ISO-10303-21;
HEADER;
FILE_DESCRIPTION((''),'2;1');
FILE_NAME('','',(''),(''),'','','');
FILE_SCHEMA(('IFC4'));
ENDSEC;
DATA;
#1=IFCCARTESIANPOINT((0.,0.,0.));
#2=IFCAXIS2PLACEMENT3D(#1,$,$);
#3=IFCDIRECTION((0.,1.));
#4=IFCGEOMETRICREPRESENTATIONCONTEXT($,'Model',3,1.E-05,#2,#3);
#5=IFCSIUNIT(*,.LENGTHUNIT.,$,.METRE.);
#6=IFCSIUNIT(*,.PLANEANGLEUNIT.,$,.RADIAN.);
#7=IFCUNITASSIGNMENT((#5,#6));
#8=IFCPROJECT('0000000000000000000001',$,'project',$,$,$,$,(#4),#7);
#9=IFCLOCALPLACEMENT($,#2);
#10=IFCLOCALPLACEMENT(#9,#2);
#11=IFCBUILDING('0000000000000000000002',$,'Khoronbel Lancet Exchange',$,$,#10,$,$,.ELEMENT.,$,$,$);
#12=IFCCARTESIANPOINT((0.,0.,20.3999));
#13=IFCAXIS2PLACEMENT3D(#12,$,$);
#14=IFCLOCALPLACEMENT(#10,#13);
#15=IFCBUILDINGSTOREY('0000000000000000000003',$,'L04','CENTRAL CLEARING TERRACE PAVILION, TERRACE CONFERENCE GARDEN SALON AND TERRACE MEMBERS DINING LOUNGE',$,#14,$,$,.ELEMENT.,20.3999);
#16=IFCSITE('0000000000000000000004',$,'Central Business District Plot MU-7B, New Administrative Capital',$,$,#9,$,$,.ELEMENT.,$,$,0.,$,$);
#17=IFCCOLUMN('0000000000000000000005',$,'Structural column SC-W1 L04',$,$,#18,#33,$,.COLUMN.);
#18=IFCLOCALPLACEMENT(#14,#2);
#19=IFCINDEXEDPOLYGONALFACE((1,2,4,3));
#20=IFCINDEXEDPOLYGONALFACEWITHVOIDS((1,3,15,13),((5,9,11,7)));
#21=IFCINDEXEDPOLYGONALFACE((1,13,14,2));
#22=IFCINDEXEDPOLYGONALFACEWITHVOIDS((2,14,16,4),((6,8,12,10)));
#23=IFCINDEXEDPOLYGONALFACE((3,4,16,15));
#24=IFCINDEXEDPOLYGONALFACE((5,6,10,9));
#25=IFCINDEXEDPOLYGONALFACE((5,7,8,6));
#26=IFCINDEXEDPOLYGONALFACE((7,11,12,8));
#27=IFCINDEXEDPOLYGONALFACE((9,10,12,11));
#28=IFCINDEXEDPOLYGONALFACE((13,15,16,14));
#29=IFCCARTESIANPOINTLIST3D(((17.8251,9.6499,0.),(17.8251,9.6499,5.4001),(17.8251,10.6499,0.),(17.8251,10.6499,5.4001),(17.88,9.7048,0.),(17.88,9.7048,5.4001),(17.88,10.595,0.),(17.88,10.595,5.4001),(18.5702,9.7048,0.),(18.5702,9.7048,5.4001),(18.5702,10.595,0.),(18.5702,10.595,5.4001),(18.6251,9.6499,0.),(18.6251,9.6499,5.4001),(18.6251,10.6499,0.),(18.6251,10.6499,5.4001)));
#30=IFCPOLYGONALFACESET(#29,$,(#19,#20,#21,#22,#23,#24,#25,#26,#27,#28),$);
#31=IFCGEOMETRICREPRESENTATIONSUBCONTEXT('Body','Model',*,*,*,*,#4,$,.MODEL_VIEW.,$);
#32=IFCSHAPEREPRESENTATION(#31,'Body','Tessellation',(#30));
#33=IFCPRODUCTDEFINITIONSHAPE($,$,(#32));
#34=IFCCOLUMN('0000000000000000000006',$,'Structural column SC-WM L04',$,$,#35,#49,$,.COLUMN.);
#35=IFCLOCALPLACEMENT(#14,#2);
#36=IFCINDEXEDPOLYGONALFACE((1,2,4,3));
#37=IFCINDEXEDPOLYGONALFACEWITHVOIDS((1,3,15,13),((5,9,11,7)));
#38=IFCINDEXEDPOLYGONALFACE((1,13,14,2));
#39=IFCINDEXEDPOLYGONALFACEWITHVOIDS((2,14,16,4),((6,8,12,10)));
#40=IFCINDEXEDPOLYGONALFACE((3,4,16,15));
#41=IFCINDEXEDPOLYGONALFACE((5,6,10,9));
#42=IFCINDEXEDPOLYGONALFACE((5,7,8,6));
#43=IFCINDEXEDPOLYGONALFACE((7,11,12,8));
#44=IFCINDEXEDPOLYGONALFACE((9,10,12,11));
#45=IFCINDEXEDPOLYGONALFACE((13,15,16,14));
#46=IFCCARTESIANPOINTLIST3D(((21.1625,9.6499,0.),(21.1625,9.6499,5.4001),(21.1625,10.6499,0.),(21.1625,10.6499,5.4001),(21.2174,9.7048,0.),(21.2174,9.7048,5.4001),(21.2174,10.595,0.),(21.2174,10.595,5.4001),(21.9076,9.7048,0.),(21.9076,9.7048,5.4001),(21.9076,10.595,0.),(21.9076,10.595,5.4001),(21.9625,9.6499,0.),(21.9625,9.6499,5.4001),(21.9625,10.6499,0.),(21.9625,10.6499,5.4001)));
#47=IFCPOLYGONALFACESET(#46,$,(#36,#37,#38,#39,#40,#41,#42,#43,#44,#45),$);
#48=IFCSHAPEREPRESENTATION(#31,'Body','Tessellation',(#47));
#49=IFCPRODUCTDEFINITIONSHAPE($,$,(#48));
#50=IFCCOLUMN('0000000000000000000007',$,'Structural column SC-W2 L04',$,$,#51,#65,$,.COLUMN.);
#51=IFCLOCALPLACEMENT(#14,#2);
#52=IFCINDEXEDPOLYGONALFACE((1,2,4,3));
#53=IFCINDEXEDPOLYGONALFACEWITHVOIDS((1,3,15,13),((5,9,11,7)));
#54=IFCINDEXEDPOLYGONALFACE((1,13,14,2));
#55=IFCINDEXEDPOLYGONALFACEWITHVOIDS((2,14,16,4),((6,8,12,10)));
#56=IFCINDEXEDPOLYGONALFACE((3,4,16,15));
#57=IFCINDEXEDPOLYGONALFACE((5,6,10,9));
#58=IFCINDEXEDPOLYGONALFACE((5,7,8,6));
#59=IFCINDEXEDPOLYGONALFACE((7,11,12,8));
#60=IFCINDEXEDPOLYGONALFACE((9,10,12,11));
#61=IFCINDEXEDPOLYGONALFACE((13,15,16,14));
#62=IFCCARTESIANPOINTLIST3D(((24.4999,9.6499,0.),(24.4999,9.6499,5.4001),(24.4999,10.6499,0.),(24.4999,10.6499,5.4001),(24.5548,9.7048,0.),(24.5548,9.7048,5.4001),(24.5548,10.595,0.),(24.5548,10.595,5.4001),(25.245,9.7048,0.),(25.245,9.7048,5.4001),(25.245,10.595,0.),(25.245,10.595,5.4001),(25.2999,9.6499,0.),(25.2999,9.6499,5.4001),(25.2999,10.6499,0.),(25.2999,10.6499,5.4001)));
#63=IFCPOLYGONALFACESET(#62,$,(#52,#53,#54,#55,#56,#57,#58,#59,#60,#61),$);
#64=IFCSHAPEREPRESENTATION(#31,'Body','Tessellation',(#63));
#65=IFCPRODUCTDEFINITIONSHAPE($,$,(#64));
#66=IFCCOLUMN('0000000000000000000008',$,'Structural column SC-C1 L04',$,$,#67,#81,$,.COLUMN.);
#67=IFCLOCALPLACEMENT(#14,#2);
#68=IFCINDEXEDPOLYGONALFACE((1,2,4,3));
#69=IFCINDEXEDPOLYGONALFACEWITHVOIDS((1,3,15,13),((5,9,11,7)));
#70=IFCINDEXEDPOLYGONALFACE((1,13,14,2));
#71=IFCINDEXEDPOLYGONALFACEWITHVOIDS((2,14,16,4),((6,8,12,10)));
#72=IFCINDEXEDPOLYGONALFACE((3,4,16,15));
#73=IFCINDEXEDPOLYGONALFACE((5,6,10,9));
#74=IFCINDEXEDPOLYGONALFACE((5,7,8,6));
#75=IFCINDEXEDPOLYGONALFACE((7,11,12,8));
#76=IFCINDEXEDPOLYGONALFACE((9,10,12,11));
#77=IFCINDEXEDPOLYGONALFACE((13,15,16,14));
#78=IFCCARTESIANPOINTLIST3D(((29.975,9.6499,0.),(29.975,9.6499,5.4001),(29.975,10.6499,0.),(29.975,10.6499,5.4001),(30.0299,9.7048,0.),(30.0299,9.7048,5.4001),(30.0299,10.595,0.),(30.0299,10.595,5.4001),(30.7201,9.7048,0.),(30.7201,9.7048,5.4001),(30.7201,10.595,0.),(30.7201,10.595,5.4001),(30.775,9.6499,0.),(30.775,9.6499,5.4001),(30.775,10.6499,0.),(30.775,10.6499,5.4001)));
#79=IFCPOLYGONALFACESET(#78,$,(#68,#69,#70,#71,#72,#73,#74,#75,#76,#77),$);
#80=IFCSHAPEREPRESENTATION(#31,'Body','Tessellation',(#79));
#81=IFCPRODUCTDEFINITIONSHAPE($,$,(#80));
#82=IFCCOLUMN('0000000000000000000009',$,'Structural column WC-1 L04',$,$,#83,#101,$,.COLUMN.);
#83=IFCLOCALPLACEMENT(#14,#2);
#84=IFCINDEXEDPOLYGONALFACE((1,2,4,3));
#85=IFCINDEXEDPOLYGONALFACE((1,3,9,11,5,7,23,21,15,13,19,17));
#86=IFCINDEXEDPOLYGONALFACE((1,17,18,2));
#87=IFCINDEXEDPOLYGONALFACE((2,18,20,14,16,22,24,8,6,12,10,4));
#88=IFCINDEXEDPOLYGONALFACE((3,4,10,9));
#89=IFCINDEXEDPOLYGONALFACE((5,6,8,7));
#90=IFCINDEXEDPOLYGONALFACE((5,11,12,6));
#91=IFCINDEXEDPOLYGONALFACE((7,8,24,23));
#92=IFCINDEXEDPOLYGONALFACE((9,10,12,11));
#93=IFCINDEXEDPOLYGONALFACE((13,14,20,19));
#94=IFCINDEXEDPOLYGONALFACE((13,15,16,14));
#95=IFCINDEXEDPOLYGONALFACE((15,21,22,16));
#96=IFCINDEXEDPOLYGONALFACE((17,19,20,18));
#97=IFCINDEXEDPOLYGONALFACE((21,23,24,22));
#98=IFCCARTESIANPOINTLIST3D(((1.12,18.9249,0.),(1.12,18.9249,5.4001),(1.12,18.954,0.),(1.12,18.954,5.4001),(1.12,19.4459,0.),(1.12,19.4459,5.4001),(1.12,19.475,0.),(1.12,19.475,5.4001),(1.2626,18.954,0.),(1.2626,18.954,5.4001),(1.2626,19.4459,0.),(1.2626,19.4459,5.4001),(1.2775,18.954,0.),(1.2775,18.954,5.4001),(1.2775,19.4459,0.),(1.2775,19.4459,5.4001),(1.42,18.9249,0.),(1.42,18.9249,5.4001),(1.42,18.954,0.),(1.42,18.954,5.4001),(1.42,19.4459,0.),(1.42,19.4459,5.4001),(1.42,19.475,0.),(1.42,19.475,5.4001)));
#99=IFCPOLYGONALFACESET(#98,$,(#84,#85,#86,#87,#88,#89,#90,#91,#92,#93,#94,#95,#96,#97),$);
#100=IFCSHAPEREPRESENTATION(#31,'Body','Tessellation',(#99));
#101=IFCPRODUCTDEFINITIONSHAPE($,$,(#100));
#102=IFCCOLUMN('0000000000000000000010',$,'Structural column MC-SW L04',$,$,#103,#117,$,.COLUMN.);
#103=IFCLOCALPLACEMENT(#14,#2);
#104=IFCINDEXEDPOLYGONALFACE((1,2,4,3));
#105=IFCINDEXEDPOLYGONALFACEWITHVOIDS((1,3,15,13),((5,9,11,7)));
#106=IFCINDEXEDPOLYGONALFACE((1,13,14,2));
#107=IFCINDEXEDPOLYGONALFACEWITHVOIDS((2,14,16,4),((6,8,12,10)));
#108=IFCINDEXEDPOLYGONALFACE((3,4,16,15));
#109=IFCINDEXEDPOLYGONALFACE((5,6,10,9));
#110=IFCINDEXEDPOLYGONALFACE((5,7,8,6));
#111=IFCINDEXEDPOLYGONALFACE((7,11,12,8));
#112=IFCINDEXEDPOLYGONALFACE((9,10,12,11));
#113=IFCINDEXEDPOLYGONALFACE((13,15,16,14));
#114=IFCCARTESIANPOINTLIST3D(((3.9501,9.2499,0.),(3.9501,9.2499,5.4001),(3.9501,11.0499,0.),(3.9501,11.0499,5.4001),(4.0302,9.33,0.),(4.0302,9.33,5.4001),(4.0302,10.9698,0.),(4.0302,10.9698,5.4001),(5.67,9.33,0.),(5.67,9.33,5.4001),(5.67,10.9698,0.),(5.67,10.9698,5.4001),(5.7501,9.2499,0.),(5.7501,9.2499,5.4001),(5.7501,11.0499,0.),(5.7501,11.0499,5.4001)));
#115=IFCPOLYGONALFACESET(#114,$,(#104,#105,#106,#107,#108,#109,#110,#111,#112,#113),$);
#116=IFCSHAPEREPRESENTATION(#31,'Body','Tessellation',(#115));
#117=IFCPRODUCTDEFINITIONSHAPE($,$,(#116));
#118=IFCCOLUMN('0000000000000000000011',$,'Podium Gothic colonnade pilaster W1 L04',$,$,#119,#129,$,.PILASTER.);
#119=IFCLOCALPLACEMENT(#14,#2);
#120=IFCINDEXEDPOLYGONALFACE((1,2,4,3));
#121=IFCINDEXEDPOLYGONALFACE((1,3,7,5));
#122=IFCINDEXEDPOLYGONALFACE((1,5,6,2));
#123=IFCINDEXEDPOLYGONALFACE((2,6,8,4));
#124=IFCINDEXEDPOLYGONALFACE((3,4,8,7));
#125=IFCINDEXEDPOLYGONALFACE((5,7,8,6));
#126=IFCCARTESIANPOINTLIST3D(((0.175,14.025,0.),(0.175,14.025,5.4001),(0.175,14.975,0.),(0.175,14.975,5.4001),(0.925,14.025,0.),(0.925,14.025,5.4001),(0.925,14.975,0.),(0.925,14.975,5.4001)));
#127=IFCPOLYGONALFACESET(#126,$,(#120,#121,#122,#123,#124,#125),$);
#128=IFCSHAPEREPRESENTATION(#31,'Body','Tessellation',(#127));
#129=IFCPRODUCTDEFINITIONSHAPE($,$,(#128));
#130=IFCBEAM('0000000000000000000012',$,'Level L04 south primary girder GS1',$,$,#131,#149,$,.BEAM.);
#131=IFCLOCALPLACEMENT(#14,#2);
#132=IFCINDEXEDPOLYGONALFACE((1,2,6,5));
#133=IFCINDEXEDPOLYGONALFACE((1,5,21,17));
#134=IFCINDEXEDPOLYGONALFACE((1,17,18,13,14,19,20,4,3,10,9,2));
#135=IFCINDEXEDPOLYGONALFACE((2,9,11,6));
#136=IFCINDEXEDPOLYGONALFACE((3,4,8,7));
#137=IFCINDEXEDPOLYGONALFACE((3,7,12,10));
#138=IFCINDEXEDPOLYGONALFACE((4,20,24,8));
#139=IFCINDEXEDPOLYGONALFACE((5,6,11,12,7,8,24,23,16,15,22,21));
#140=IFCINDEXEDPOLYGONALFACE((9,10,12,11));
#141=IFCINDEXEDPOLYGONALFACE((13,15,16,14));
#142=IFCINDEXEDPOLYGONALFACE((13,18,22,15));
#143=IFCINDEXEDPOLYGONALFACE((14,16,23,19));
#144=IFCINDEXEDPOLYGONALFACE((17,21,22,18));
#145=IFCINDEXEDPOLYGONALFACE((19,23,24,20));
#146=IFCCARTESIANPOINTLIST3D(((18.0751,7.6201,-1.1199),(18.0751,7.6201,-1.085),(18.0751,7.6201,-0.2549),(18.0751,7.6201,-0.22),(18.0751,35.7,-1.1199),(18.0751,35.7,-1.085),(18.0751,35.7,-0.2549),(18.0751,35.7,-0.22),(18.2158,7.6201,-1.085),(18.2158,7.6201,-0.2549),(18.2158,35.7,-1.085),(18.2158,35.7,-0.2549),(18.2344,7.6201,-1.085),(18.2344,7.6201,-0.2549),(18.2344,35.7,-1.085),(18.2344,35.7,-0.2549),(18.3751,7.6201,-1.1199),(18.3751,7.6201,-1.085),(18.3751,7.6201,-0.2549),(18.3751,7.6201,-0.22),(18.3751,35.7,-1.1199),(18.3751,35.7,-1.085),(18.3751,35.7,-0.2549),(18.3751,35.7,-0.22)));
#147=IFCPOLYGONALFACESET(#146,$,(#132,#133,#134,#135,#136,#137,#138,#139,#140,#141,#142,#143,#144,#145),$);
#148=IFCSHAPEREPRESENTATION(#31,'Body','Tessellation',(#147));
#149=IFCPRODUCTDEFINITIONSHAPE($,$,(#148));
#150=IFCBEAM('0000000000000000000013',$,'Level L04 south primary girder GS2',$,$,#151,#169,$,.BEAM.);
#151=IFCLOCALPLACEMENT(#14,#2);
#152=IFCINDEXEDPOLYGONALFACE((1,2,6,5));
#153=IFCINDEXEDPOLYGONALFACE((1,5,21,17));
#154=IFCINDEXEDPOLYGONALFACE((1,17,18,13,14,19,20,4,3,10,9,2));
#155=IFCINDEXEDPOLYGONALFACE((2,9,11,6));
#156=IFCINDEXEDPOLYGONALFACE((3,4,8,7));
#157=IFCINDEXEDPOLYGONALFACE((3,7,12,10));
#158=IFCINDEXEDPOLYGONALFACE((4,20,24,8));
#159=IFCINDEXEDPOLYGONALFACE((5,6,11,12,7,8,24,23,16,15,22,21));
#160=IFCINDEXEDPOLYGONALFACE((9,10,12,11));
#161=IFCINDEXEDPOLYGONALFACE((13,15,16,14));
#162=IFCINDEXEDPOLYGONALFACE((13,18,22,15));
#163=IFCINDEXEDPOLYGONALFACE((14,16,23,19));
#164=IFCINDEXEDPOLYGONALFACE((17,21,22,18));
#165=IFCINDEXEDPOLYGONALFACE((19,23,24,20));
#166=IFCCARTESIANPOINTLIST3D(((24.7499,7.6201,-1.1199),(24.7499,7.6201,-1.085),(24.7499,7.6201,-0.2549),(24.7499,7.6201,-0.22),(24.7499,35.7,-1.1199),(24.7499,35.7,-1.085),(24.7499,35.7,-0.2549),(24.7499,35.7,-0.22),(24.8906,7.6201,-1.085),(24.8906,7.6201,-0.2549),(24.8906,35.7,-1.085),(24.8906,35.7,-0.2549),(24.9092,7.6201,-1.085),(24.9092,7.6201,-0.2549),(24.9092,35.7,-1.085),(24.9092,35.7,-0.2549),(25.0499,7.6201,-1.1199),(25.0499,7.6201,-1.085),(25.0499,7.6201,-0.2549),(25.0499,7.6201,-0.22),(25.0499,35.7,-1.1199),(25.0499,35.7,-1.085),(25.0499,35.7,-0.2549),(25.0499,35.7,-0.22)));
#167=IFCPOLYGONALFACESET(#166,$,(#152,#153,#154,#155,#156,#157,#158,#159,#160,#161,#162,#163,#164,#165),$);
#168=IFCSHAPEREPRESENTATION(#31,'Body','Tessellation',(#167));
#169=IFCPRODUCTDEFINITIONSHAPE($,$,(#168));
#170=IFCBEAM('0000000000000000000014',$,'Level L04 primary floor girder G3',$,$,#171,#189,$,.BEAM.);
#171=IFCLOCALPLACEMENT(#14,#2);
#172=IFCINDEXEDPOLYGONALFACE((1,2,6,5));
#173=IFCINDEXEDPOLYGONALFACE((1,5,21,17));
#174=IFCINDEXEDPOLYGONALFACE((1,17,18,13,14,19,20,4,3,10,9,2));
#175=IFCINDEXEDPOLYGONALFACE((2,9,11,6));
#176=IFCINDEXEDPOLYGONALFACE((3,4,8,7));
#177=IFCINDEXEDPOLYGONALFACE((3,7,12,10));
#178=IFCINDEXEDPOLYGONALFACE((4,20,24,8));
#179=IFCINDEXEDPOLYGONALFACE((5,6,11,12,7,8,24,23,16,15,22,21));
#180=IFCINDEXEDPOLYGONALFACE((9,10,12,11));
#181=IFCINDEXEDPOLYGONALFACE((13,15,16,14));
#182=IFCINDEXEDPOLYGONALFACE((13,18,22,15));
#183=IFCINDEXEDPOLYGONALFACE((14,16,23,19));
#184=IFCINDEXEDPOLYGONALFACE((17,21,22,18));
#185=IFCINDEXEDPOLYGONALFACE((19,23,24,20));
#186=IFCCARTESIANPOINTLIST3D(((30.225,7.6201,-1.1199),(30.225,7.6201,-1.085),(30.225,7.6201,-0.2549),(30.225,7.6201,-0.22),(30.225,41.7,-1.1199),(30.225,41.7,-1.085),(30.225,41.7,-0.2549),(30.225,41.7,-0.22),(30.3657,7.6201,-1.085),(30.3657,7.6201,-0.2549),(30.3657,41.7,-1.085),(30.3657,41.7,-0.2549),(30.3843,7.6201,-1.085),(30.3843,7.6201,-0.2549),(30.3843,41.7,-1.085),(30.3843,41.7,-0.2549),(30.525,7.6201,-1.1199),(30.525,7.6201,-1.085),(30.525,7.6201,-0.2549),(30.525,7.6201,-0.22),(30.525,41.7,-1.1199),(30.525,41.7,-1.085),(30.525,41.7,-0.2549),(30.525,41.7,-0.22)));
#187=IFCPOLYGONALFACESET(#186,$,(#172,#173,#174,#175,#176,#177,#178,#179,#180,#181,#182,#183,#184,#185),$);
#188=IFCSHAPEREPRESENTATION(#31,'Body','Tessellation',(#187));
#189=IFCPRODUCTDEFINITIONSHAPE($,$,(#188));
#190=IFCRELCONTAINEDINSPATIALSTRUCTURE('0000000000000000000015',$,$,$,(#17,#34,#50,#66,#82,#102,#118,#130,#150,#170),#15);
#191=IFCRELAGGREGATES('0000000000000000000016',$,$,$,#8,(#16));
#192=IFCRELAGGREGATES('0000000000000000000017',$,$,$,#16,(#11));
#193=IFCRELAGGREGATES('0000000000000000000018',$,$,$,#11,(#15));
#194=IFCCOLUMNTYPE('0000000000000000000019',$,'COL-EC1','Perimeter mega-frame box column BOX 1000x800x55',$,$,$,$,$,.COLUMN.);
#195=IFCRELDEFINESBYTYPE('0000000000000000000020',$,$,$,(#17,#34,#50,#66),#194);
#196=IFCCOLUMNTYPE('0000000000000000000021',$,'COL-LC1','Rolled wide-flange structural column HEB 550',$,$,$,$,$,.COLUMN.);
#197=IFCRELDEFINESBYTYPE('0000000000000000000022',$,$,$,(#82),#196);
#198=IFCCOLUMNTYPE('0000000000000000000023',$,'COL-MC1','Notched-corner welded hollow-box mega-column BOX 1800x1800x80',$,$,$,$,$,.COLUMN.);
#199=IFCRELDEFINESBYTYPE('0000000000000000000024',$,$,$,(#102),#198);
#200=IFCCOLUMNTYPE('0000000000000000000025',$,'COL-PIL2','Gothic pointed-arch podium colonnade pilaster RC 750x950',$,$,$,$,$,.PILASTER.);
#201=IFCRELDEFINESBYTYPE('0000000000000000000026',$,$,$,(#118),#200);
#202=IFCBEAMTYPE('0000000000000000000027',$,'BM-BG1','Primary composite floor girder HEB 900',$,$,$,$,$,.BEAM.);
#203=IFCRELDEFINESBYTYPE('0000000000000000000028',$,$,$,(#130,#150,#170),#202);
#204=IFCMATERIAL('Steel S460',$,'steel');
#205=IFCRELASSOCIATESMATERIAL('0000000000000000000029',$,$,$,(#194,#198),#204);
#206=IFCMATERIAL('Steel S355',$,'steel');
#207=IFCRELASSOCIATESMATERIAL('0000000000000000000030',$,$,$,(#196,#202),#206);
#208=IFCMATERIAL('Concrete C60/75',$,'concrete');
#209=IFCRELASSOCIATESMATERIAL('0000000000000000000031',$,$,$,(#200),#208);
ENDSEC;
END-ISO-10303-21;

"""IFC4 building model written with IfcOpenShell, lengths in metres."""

from ifc_helpers import new_model, si_unit, direction, frame, origin, origin_2d, place, context, subcontext, project, spatial, rectangle, hollow_rectangle, i_section, extrude, material, material_profile, profile_set, type_object, element, save


model = new_model("IFC4")

# Units and contexts
model_context = context("Model", 3, precision=1e-05, world=origin(), true_north=direction((0.0, 1.0)))
body_context = subcontext(model_context, "Body", "Model", "MODEL_VIEW")
ifc_project = project(units=[si_unit("LENGTHUNIT", "METRE"), si_unit("PLANEANGLEUNIT", "RADIAN")], contexts=[model_context])

# Site, building, storey
site_placement = place(None, origin())
site = spatial("IfcSite", under=ifc_project, at=site_placement, Name="Central Business District Plot MU-7B, New Administrative Capital", CompositionType="ELEMENT", RefElevation=0.0)
building_placement = place(site_placement, origin())
building = spatial("IfcBuilding", under=site, at=building_placement, Name="Khoronbel Lancet Exchange", CompositionType="ELEMENT")
storey_placement = place(building_placement, frame((0.0, 0.0, 20.3999)))
storey = spatial("IfcBuildingStorey", under=building, at=storey_placement, Name="L04", Description="CENTRAL CLEARING TERRACE PAVILION, TERRACE CONFERENCE GARDEN SALON AND TERRACE MEMBERS DINING LOUNGE", CompositionType="ELEMENT", Elevation=20.3999)

# Columns
ifc_material_1 = material(Name="Steel S460", Category="steel")
ifc_material_profile_1 = material_profile(ifc_material_1, hollow_rectangle(XDim=0.8, YDim=1.0, WallThickness=0.0549, at=origin_2d()), Name="BOX 1000x800x55")
ifc_profile_set_1 = profile_set([ifc_material_profile_1], Name="Steel S460")
column_type_1 = type_object("IfcColumnType", Name="COL-EC1", Description="Perimeter mega-frame box column BOX 1000x800x55", PredefinedType="COLUMN", material=ifc_profile_set_1)
for number, where, z_axis, x_axis, name in (
    (1, (18.2251, 10.1499, 0.0), (0.0, 0.0, 1.0), (1.0, 0.0, 0.0), "Structural column SC-W1 L04"),
    (2, (21.5625, 10.1499, 0.0), (0.0, 0.0, 1.0), (1.0, 0.0, 0.0), "Structural column SC-WM L04"),
    (3, (24.8999, 10.1499, 0.0), (0.0, 0.0, 1.0), (1.0, 0.0, 0.0), "Structural column SC-W2 L04"),
    (4, (30.375, 10.1499, 0.0), (0.0, 0.0, 1.0), (1.0, 0.0, 0.0), "Structural column SC-C1 L04"),
):
    element("IfcColumn", number, at=place(storey_placement, frame(where, z_axis=z_axis, x_axis=x_axis)), inside=storey, type_object=column_type_1, Name=name, PredefinedType="COLUMN", context=body_context, shape_type="SweptSolid", body=[
        extrude(hollow_rectangle(XDim=0.8, YDim=1.0, WallThickness=0.0549, at=origin_2d()), origin(), (0.0, 0.0, 1.0), 5.4001),
    ])
ifc_material_2 = material(Name="Steel S355", Category="steel")
ifc_material_profile_2 = material_profile(ifc_material_2, i_section(OverallWidth=0.3, OverallDepth=0.55, WebThickness=0.0149, FlangeThickness=0.0291, at=origin_2d()), Name="HEB 550")
ifc_profile_set_2 = profile_set([ifc_material_profile_2], Name="Steel S355")
column_type_2 = type_object("IfcColumnType", Name="COL-LC1", Description="Rolled wide-flange structural column HEB 550", PredefinedType="COLUMN", material=ifc_profile_set_2)
column_1_placement = place(storey_placement, frame((1.27, 19.2, 0.0), z_axis=(0.0, 0.0, 1.0), x_axis=(1.0, 0.0, 0.0)))
element("IfcColumn", 5, at=column_1_placement, inside=storey, type_object=column_type_2, Name="Structural column WC-1 L04", PredefinedType="COLUMN", context=body_context, shape_type="SweptSolid", body=[
    extrude(i_section(OverallWidth=0.3, OverallDepth=0.55, WebThickness=0.0149, FlangeThickness=0.0291, at=origin_2d()), origin(), (0.0, 0.0, 1.0), 5.4001),
])
ifc_material_profile_3 = material_profile(ifc_material_1, hollow_rectangle(XDim=1.8, YDim=1.8, WallThickness=0.0801, at=origin_2d()), Name="BOX 1800x1800x80")
ifc_profile_set_3 = profile_set([ifc_material_profile_3], Name="Steel S460")
column_type_3 = type_object("IfcColumnType", Name="COL-MC1", Description="Notched-corner welded hollow-box mega-column BOX 1800x1800x80", PredefinedType="COLUMN", material=ifc_profile_set_3)
column_2_placement = place(storey_placement, frame((4.8501, 10.1499, 0.0), z_axis=(0.0, 0.0, 1.0), x_axis=(1.0, 0.0, 0.0)))
element("IfcColumn", 6, at=column_2_placement, inside=storey, type_object=column_type_3, Name="Structural column MC-SW L04", PredefinedType="COLUMN", context=body_context, shape_type="SweptSolid", body=[
    extrude(hollow_rectangle(XDim=1.8, YDim=1.8, WallThickness=0.0801, at=origin_2d()), origin(), (0.0, 0.0, 1.0), 5.4001),
])
ifc_material_3 = material(Name="Concrete C60/75", Category="concrete")
ifc_material_profile_4 = material_profile(ifc_material_3, rectangle(XDim=0.75, YDim=0.95, at=origin_2d()), Name="RC 750x950")
ifc_profile_set_4 = profile_set([ifc_material_profile_4], Name="Concrete C60/75")
column_type_4 = type_object("IfcColumnType", Name="COL-PIL2", Description="Gothic pointed-arch podium colonnade pilaster RC 750x950", PredefinedType="PILASTER", material=ifc_profile_set_4)
column_3_placement = place(storey_placement, frame((0.55, 14.5, 0.0), z_axis=(0.0, 0.0, 1.0), x_axis=(1.0, 0.0, 0.0)))
element("IfcColumn", 7, at=column_3_placement, inside=storey, type_object=column_type_4, Name="Podium Gothic colonnade pilaster W1 L04", PredefinedType="PILASTER", context=body_context, shape_type="SweptSolid", body=[
    extrude(rectangle(XDim=0.75, YDim=0.95, at=origin_2d()), origin(), (0.0, 0.0, 1.0), 5.4001),
])

# Beams
ifc_material_profile_5 = material_profile(ifc_material_2, i_section(OverallWidth=0.3, OverallDepth=0.8999, WebThickness=0.0186, FlangeThickness=0.0349, at=origin_2d()), Name="HEB 900")
ifc_profile_set_5 = profile_set([ifc_material_profile_5], Name="Steel S355")
beam_type_1 = type_object("IfcBeamType", Name="BM-BG1", Description="Primary composite floor girder HEB 900", PredefinedType="BEAM", material=ifc_profile_set_5)
for number, where, z_axis, x_axis, name in (
    (8, (18.2251, 7.6201, -0.6699), (0.0, 1.0, 0.0), (-1.0, 0.0, 0.0), "Level L04 south primary girder GS1"),
    (9, (24.8999, 7.6201, -0.6699), (0.0, 1.0, 0.0), (-1.0, 0.0, 0.0), "Level L04 south primary girder GS2"),
):
    element("IfcBeam", number, at=place(storey_placement, frame(where, z_axis=z_axis, x_axis=x_axis)), inside=storey, type_object=beam_type_1, Name=name, PredefinedType="BEAM", context=body_context, shape_type="SweptSolid", body=[
        extrude(i_section(OverallWidth=0.3, OverallDepth=0.8999, WebThickness=0.0186, FlangeThickness=0.0349, at=origin_2d()), origin(), (0.0, 0.0, 1.0), 28.0798),
    ])
beam_1_placement = place(storey_placement, frame((30.375, 7.6201, -0.6699), z_axis=(0.0, 1.0, 0.0), x_axis=(-1.0, 0.0, 0.0)))
element("IfcBeam", 10, at=beam_1_placement, inside=storey, type_object=beam_type_1, Name="Level L04 primary floor girder G3", PredefinedType="BEAM", context=body_context, shape_type="SweptSolid", body=[
    extrude(i_section(OverallWidth=0.3, OverallDepth=0.8999, WebThickness=0.0186, FlangeThickness=0.0349, at=origin_2d()), origin(), (0.0, 0.0, 1.0), 34.0798),
])

save(model, "model.ifc")
